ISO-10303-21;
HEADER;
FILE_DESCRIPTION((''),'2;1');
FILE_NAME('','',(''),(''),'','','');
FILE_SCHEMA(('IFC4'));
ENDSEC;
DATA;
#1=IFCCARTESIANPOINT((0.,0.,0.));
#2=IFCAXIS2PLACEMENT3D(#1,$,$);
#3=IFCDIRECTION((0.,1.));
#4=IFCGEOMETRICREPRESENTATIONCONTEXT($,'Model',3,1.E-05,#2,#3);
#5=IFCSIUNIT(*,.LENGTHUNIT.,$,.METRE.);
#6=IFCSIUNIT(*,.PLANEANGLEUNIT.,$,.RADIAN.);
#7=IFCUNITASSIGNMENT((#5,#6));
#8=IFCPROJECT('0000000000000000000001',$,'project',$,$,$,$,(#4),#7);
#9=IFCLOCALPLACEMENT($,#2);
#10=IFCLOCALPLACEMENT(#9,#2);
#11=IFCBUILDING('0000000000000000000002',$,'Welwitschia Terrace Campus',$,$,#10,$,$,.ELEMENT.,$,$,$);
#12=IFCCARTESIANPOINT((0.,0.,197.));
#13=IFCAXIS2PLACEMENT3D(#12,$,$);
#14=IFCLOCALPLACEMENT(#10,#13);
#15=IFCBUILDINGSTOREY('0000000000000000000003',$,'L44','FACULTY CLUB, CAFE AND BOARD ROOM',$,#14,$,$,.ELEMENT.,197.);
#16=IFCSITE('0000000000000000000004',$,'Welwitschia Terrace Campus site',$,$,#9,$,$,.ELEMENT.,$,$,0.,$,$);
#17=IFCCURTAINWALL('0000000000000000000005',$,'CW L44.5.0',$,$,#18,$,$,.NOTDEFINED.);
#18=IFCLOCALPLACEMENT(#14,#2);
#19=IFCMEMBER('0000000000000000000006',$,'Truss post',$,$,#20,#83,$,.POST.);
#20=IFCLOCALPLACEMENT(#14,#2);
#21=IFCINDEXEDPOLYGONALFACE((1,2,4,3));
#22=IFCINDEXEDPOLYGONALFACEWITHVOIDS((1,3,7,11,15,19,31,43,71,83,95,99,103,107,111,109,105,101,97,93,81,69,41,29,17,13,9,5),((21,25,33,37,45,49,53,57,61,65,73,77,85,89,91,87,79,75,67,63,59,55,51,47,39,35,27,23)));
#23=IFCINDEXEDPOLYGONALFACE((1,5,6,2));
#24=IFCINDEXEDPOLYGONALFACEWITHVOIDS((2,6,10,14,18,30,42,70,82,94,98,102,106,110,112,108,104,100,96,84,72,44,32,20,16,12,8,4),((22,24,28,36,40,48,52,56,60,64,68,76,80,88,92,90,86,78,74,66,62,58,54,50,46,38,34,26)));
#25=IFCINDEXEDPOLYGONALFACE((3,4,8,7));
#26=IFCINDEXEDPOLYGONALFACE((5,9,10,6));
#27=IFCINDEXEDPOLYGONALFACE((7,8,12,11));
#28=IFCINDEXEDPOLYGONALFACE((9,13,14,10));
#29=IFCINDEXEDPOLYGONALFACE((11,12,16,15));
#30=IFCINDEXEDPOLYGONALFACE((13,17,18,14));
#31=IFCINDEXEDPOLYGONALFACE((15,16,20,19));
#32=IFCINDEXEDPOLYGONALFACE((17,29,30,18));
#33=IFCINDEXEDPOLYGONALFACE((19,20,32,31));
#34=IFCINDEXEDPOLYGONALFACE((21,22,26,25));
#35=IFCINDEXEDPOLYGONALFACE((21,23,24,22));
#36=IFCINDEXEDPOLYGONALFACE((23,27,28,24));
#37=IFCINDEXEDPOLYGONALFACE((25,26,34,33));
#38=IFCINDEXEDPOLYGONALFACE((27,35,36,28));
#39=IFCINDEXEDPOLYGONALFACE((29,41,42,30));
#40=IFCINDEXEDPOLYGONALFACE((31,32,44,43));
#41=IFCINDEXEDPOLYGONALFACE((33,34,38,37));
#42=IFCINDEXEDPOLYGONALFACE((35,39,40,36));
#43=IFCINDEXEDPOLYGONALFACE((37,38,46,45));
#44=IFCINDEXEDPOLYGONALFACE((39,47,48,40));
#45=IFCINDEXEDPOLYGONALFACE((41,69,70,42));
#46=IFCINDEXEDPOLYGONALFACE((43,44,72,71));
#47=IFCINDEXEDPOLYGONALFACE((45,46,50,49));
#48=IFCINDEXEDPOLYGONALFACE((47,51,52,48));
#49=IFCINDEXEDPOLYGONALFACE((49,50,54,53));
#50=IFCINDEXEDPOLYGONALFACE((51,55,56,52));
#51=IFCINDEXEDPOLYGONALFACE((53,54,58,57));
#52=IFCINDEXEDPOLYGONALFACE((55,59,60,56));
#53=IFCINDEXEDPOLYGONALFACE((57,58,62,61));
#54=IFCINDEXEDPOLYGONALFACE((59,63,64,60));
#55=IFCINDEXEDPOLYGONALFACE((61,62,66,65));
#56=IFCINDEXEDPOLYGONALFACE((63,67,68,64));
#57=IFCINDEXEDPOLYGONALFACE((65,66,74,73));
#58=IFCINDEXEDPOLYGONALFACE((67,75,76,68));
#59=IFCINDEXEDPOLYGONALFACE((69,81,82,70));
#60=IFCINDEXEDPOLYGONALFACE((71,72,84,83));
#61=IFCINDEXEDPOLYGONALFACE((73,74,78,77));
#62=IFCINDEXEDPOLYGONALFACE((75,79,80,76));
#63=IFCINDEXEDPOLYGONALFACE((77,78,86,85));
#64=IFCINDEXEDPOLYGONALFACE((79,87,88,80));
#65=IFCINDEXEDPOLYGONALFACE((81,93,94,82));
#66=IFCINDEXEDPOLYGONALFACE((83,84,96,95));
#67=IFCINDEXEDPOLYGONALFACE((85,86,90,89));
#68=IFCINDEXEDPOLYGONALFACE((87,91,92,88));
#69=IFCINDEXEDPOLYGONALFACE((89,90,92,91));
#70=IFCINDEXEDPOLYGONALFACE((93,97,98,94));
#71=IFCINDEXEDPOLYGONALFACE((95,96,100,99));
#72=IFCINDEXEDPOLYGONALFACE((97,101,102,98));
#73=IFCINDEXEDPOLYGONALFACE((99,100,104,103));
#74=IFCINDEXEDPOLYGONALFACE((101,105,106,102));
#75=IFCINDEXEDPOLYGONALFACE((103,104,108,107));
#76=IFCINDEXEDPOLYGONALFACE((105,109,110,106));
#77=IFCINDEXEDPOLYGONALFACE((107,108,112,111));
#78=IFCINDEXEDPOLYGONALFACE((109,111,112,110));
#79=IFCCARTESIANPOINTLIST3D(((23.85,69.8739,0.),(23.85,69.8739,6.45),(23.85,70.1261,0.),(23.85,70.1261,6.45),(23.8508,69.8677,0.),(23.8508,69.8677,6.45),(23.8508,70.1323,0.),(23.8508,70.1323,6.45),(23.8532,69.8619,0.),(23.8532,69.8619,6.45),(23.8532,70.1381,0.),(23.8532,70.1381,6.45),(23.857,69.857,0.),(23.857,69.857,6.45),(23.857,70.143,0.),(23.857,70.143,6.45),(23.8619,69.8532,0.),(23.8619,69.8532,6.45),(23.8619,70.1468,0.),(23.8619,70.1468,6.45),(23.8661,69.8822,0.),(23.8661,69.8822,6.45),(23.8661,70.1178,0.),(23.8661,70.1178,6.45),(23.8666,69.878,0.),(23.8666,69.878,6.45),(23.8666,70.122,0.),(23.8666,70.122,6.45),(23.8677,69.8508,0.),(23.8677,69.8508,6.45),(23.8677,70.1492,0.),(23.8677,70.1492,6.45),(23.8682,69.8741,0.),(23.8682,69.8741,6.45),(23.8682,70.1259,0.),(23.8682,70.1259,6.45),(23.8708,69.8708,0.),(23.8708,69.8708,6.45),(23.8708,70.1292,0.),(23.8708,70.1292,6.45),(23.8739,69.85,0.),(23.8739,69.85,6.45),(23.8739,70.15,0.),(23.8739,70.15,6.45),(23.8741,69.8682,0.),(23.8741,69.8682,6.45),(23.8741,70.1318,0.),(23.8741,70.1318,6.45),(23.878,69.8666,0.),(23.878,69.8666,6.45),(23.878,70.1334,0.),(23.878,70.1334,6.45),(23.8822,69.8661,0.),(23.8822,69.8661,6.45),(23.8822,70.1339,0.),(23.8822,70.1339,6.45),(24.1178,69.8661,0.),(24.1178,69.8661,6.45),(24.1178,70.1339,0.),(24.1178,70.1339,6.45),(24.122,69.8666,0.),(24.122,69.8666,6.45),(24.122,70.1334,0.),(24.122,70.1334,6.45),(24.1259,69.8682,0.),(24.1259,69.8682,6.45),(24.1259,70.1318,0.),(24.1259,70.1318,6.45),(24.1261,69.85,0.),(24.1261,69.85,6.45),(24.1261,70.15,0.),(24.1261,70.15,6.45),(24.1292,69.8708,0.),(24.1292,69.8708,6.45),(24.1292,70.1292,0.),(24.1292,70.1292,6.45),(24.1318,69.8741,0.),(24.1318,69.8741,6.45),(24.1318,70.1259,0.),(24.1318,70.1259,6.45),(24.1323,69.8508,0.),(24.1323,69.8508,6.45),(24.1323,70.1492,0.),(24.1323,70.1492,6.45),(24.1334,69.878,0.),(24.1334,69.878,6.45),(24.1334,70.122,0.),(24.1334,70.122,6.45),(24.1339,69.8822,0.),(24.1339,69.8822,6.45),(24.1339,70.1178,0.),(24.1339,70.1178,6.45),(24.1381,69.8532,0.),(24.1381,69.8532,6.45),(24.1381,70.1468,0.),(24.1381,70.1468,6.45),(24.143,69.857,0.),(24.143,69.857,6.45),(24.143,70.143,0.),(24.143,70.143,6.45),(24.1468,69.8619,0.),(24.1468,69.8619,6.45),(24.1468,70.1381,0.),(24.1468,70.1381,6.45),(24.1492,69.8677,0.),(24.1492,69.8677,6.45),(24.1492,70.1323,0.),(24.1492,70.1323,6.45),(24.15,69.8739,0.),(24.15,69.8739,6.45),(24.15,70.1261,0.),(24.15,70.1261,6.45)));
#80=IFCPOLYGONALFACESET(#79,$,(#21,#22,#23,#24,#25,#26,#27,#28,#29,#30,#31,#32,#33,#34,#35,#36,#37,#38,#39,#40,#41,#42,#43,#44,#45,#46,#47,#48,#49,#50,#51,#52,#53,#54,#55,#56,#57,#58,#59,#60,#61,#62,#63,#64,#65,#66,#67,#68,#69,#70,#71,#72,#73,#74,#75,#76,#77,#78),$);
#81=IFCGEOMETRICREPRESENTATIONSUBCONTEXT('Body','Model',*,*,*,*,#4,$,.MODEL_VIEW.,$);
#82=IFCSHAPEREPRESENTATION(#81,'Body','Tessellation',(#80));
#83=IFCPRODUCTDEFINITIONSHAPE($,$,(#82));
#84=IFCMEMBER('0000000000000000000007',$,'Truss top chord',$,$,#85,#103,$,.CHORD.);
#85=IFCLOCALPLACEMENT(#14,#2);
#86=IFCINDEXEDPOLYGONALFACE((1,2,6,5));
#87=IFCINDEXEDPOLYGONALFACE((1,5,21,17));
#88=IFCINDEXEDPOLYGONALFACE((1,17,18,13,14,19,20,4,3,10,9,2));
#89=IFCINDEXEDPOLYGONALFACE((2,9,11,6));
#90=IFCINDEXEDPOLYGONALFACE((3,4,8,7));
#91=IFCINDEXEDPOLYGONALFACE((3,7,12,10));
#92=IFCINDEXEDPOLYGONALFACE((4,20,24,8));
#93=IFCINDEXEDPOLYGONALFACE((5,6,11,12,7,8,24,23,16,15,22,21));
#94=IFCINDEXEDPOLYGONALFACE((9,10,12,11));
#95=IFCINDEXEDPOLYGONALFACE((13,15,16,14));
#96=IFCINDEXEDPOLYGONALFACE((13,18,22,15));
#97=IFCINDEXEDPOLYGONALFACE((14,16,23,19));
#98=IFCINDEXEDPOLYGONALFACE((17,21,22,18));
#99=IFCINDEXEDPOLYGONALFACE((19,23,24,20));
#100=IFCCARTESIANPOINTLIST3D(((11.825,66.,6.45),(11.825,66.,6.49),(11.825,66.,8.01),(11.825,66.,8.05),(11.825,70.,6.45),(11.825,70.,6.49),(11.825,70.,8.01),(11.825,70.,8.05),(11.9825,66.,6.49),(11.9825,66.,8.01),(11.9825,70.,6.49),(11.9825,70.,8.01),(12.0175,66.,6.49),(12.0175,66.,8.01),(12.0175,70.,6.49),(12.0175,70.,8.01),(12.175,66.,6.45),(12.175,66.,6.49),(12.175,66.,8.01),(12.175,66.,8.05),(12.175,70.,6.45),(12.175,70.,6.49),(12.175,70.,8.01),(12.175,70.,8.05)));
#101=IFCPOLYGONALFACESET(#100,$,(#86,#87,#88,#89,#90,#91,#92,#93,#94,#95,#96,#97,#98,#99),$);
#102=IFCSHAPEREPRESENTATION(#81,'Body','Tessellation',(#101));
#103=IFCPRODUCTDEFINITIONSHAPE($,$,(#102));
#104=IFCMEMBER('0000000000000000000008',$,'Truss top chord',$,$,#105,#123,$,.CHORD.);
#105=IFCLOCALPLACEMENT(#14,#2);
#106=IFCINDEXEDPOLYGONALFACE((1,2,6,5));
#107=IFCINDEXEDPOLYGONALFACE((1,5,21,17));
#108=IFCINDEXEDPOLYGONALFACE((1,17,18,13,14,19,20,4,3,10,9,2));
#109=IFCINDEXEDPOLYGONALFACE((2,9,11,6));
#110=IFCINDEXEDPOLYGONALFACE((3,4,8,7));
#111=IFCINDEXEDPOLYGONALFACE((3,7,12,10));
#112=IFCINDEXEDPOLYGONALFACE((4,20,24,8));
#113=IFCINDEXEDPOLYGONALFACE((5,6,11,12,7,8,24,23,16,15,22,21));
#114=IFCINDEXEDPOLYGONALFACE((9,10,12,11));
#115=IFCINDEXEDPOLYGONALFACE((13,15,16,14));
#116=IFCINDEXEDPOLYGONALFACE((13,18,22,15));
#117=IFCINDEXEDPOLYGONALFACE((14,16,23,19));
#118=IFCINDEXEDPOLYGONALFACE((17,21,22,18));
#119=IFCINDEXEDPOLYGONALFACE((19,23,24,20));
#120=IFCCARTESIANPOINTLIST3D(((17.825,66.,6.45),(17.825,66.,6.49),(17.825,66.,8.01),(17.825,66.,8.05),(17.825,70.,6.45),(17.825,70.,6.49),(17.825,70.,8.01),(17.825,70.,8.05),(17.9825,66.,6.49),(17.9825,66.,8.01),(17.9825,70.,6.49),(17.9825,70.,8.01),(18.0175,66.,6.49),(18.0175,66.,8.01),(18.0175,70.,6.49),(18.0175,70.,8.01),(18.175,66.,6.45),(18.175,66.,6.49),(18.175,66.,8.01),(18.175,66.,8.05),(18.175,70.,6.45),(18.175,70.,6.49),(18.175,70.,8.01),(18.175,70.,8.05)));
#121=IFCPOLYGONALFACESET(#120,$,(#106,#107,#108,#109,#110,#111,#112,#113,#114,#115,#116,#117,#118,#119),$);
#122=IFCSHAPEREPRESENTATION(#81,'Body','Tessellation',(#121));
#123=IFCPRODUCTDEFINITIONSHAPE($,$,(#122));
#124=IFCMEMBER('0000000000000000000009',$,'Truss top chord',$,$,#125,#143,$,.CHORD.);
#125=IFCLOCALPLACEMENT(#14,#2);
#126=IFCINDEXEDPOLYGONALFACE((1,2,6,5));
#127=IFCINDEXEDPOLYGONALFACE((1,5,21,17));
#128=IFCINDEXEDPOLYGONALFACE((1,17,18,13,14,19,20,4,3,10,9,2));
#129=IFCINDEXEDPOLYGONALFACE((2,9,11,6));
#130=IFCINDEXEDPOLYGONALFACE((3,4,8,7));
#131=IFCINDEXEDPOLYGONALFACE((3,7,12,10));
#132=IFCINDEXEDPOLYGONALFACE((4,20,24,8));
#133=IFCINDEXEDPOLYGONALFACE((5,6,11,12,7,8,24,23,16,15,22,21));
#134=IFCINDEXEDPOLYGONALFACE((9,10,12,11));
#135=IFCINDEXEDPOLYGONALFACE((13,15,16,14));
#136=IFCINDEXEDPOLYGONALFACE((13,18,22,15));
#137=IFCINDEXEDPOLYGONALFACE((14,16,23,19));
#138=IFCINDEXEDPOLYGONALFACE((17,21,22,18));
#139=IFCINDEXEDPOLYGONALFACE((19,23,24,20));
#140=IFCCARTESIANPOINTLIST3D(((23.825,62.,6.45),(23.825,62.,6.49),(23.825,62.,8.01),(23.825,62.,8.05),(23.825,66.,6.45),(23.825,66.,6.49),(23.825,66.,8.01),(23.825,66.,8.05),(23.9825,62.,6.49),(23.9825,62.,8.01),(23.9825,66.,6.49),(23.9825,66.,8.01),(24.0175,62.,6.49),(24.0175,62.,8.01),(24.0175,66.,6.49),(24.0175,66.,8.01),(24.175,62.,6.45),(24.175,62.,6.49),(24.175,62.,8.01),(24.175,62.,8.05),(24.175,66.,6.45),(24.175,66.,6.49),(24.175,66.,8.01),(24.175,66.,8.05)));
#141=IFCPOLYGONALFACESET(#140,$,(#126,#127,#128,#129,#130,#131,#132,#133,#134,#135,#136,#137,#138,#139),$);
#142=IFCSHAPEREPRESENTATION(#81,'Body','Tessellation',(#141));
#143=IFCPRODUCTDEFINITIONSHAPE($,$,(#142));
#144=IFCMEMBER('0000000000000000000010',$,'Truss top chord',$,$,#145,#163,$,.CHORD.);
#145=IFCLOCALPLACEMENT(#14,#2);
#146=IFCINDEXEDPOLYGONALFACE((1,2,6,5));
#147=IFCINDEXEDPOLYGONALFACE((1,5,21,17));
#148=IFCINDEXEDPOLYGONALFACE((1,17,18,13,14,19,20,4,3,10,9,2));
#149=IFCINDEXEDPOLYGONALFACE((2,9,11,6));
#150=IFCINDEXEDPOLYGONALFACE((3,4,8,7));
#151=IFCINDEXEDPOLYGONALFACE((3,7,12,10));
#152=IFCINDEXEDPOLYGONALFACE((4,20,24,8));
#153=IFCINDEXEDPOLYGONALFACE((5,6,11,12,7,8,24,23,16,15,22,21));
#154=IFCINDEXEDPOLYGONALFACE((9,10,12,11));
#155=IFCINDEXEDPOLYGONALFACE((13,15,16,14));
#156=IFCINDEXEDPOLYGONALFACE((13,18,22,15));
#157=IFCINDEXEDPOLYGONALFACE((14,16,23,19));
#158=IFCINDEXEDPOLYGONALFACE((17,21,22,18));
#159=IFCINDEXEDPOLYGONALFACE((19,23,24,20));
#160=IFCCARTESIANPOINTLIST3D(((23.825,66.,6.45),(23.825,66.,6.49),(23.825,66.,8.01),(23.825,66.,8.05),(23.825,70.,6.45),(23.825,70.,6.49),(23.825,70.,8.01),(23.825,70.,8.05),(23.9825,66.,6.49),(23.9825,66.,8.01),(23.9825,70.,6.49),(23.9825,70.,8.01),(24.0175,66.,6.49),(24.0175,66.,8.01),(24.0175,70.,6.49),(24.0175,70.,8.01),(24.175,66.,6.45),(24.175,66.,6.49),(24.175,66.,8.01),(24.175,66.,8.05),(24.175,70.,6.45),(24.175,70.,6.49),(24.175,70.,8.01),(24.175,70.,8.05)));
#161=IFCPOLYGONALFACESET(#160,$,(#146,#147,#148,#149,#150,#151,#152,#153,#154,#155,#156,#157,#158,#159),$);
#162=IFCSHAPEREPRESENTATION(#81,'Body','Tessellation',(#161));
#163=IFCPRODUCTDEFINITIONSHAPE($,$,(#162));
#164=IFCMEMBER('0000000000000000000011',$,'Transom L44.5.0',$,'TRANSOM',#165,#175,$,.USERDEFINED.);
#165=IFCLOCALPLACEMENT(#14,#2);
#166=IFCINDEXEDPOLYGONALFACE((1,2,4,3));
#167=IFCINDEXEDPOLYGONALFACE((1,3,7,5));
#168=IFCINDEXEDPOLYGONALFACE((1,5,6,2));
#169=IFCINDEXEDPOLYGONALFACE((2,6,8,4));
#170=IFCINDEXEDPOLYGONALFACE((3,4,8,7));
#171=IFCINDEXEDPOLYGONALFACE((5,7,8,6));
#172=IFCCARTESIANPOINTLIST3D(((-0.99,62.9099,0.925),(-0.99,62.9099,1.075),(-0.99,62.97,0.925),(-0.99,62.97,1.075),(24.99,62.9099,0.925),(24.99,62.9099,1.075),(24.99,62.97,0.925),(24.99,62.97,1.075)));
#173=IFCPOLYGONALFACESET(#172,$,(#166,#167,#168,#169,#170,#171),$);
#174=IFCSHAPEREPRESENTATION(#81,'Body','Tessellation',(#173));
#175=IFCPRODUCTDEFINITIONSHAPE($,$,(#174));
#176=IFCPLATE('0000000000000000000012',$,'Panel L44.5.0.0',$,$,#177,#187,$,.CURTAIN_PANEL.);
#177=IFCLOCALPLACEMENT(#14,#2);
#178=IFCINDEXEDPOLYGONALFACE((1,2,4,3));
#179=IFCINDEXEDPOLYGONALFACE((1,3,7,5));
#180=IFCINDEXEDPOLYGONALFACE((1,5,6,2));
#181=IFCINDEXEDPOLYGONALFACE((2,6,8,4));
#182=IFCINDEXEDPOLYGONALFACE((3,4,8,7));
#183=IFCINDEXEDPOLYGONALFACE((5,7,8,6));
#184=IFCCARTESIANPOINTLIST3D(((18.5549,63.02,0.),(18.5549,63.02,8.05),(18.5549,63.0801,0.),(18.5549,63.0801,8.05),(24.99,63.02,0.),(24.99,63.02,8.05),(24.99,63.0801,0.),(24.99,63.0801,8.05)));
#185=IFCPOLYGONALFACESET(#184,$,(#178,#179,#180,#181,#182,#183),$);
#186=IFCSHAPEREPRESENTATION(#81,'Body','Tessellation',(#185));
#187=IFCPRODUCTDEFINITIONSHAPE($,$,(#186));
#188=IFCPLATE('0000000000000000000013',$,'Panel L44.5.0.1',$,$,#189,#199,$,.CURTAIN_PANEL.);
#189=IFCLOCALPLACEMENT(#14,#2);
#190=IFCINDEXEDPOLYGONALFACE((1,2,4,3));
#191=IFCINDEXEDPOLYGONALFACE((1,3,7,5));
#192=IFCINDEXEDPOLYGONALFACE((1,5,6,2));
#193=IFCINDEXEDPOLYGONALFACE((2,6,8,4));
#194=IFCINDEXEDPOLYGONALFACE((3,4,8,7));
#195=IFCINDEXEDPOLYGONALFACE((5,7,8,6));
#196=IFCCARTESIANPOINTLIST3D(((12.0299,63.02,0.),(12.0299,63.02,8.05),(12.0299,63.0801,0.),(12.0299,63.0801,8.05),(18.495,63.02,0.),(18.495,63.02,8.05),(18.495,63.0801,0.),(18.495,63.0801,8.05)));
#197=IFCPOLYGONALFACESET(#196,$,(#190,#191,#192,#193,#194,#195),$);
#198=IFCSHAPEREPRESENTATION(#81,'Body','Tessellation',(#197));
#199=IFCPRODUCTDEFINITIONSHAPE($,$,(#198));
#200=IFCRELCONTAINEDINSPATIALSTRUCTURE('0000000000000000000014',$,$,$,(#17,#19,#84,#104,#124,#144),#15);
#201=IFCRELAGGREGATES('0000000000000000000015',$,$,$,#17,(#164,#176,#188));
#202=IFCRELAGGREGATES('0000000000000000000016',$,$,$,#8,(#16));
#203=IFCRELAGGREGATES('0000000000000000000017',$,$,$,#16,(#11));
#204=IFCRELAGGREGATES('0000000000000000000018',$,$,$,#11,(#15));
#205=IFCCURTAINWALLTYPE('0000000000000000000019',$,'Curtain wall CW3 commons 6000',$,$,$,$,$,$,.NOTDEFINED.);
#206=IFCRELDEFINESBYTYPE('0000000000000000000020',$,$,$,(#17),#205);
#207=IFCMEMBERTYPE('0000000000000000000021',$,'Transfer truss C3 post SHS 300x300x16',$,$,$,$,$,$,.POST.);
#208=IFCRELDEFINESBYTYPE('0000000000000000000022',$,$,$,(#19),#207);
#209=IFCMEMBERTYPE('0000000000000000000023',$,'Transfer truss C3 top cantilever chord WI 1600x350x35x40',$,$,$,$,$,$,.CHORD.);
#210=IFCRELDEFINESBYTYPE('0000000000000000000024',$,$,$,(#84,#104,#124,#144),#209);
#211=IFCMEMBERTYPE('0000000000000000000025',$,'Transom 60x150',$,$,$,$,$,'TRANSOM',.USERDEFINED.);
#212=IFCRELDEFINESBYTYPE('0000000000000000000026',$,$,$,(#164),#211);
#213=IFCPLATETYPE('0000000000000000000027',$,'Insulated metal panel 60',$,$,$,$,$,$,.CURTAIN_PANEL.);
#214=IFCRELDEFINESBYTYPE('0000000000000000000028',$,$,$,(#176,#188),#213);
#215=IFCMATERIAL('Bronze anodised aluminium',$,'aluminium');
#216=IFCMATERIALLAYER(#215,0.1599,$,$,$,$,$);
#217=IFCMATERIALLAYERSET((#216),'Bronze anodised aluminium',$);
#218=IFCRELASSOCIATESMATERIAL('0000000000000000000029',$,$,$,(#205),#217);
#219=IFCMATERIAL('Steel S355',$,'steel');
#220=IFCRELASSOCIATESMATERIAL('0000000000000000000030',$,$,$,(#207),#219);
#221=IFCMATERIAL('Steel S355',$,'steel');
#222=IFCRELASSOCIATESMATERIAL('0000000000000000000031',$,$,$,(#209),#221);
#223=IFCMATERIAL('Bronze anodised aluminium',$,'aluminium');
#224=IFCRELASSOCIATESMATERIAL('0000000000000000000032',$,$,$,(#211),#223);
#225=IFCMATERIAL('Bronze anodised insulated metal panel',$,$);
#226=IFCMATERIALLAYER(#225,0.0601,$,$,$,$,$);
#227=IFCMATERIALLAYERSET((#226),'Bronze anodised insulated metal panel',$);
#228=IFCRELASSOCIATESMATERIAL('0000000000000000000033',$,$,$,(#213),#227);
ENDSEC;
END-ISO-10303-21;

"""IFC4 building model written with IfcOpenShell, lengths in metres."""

from ifc_helpers import new_model, si_unit, direction, frame, origin, origin_2d, place, context, subcontext, project, spatial, rectangle, hollow_rectangle, i_section, extrude, material, layer, layer_set, material_profile, profile_set, type_object, element, aggregate, save


model = new_model("IFC4")

# Units and contexts
model_context = context("Model", 3, precision=1e-05, world=origin(), true_north=direction((0.0, 1.0)))
body_context = subcontext(model_context, "Body", "Model", "MODEL_VIEW")
ifc_project = project(units=[si_unit("LENGTHUNIT", "METRE"), si_unit("PLANEANGLEUNIT", "RADIAN")], contexts=[model_context])

# Site, building, storey
site_placement = place(None, origin())
site = spatial("IfcSite", under=ifc_project, at=site_placement, Name="Welwitschia Terrace Campus site", CompositionType="ELEMENT", RefElevation=0.0)
building_placement = place(site_placement, origin())
building = spatial("IfcBuilding", under=site, at=building_placement, Name="Welwitschia Terrace Campus", CompositionType="ELEMENT")
storey_placement = place(building_placement, frame((0.0, 0.0, 197.0)))
storey = spatial("IfcBuildingStorey", under=building, at=storey_placement, Name="L44", Description="FACULTY CLUB, CAFE AND BOARD ROOM", CompositionType="ELEMENT", Elevation=197.0)

# Shared definitions
ifc_material_1 = material(Name="Bronze anodised aluminium", Category="aluminium")
ifc_layer_1 = layer(ifc_material_1, 0.1599)
ifc_layer_set_1 = layer_set([ifc_layer_1], Name="Bronze anodised aluminium")
curtain_wall_type = type_object("IfcCurtainWallType", Name="Curtain wall CW3 commons 6000", PredefinedType="NOTDEFINED", material=ifc_layer_set_1)

# Curtain wall
curtain_wall_1_placement = place(storey_placement, origin())
curtain_wall_1 = element("IfcCurtainWall", 1, at=curtain_wall_1_placement, inside=storey, type_object=curtain_wall_type, Name="CW L44.5.0", PredefinedType="NOTDEFINED")

# Members
ifc_material_2 = material(Name="Steel S355", Category="steel")
ifc_material_profile_1 = material_profile(ifc_material_2, hollow_rectangle(XDim=0.3, YDim=0.3, WallThickness=0.0161, InnerFilletRadius=0.0161, OuterFilletRadius=0.0239, at=origin_2d()))
ifc_profile_set_1 = profile_set([ifc_material_profile_1], Name="Steel S355")
member_type_1 = type_object("IfcMemberType", Name="Transfer truss C3 post SHS 300x300x16", PredefinedType="POST", material=ifc_profile_set_1)
for number, where, z_axis, x_axis, name in (
    (2, (24.0, 70.0, 0.0), (0.0, 0.0, 1.0), (1.0, 0.0, 0.0), "Truss post"),
):
    element("IfcMember", number, at=place(storey_placement, frame(where, z_axis=z_axis, x_axis=x_axis)), inside=storey, type_object=member_type_1, Name=name, PredefinedType="POST", context=body_context, shape_type="SweptSolid", body=[
        extrude(hollow_rectangle(XDim=0.3, YDim=0.3, WallThickness=0.0161, InnerFilletRadius=0.0161, OuterFilletRadius=0.0239, at=origin_2d()), origin(), (0.0, 0.0, 1.0), 6.45),
    ])
ifc_material_3 = material(Name="Steel S355", Category="steel")
ifc_material_profile_2 = material_profile(ifc_material_3, i_section(OverallWidth=0.3501, OverallDepth=1.6001, WebThickness=0.0349, FlangeThickness=0.04, at=origin_2d()))
ifc_profile_set_2 = profile_set([ifc_material_profile_2], Name="Steel S355")
member_type_2 = type_object("IfcMemberType", Name="Transfer truss C3 top cantilever chord WI 1600x350x35x40", PredefinedType="CHORD", material=ifc_profile_set_2)
for number, where, z_axis, x_axis, name in (
    (3, (12.0, 66.0, 7.25), (0.0, 1.0, 0.0), (-1.0, 0.0, 0.0), "Truss top chord"),
    (4, (18.0, 66.0, 7.25), (0.0, 1.0, 0.0), (-1.0, 0.0, 0.0), "Truss top chord"),
    (5, (24.0, 62.0, 7.25), (0.0, 1.0, 0.0), (-1.0, 0.0, 0.0), "Truss top chord"),
    (6, (24.0, 66.0, 7.25), (0.0, 1.0, 0.0), (-1.0, 0.0, 0.0), "Truss top chord"),
):
    element("IfcMember", number, at=place(storey_placement, frame(where, z_axis=z_axis, x_axis=x_axis)), inside=storey, type_object=member_type_2, Name=name, PredefinedType="CHORD", context=body_context, shape_type="SweptSolid", body=[
        extrude(i_section(OverallWidth=0.3501, OverallDepth=1.6001, WebThickness=0.0349, FlangeThickness=0.04, at=origin_2d()), origin(), (0.0, 0.0, 1.0), 4.0),
    ])

# Member
ifc_material_4 = material(Name="Bronze anodised aluminium", Category="aluminium")
ifc_material_profile_3 = material_profile(ifc_material_4, rectangle(XDim=0.0601, YDim=0.1499, at=origin_2d()))
ifc_profile_set_3 = profile_set([ifc_material_profile_3], Name="Bronze anodised aluminium")
member_type_3 = type_object("IfcMemberType", Name="Transom 60x150", ElementType="TRANSOM", PredefinedType="USERDEFINED", material=ifc_profile_set_3)
member_1_placement = place(storey_placement, frame((24.99, 62.9399, 1.0), z_axis=(-1.0, 0.0, 0.0), x_axis=(0.0, -1.0, 0.0)))
member_1 = element("IfcMember", 7, at=member_1_placement, type_object=member_type_3, Name="Transom L44.5.0", ObjectType="TRANSOM", PredefinedType="USERDEFINED", context=body_context, shape_type="SweptSolid", body=[
    extrude(rectangle(XDim=0.0601, YDim=0.1499, at=origin_2d()), origin(), (0.0, 0.0, 1.0), 25.98),
])

# Plates
ifc_material_5 = material(Name="Bronze anodised insulated metal panel")
ifc_layer_2 = layer(ifc_material_5, 0.0601)
ifc_layer_set_2 = layer_set([ifc_layer_2], Name="Bronze anodised insulated metal panel")
plate_type = type_object("IfcPlateType", Name="Insulated metal panel 60", PredefinedType="CURTAIN_PANEL", material=ifc_layer_set_2)
plate_1_placement = place(storey_placement, frame((21.7725, 63.05, 0.0), z_axis=(0.0, 0.0, 1.0), x_axis=(-1.0, 0.0, 0.0)))
plate_1 = element("IfcPlate", 8, at=plate_1_placement, type_object=plate_type, Name="Panel L44.5.0.0", PredefinedType="CURTAIN_PANEL", context=body_context, shape_type="SweptSolid", body=[
    extrude(rectangle(XDim=6.4351, YDim=0.0601, at=origin_2d()), origin(), (0.0, 0.0, 1.0), 8.05),
])
plate_2_placement = place(storey_placement, frame((15.2625, 63.05, 0.0), z_axis=(0.0, 0.0, 1.0), x_axis=(-1.0, 0.0, 0.0)))
plate_2 = element("IfcPlate", 9, at=plate_2_placement, type_object=plate_type, Name="Panel L44.5.0.1", PredefinedType="CURTAIN_PANEL", context=body_context, shape_type="SweptSolid", body=[
    extrude(rectangle(XDim=6.4651, YDim=0.0601, at=origin_2d()), origin(), (0.0, 0.0, 1.0), 8.05),
])
aggregate(curtain_wall_1, [member_1, plate_1, plate_2])

save(model, "model.ifc")
